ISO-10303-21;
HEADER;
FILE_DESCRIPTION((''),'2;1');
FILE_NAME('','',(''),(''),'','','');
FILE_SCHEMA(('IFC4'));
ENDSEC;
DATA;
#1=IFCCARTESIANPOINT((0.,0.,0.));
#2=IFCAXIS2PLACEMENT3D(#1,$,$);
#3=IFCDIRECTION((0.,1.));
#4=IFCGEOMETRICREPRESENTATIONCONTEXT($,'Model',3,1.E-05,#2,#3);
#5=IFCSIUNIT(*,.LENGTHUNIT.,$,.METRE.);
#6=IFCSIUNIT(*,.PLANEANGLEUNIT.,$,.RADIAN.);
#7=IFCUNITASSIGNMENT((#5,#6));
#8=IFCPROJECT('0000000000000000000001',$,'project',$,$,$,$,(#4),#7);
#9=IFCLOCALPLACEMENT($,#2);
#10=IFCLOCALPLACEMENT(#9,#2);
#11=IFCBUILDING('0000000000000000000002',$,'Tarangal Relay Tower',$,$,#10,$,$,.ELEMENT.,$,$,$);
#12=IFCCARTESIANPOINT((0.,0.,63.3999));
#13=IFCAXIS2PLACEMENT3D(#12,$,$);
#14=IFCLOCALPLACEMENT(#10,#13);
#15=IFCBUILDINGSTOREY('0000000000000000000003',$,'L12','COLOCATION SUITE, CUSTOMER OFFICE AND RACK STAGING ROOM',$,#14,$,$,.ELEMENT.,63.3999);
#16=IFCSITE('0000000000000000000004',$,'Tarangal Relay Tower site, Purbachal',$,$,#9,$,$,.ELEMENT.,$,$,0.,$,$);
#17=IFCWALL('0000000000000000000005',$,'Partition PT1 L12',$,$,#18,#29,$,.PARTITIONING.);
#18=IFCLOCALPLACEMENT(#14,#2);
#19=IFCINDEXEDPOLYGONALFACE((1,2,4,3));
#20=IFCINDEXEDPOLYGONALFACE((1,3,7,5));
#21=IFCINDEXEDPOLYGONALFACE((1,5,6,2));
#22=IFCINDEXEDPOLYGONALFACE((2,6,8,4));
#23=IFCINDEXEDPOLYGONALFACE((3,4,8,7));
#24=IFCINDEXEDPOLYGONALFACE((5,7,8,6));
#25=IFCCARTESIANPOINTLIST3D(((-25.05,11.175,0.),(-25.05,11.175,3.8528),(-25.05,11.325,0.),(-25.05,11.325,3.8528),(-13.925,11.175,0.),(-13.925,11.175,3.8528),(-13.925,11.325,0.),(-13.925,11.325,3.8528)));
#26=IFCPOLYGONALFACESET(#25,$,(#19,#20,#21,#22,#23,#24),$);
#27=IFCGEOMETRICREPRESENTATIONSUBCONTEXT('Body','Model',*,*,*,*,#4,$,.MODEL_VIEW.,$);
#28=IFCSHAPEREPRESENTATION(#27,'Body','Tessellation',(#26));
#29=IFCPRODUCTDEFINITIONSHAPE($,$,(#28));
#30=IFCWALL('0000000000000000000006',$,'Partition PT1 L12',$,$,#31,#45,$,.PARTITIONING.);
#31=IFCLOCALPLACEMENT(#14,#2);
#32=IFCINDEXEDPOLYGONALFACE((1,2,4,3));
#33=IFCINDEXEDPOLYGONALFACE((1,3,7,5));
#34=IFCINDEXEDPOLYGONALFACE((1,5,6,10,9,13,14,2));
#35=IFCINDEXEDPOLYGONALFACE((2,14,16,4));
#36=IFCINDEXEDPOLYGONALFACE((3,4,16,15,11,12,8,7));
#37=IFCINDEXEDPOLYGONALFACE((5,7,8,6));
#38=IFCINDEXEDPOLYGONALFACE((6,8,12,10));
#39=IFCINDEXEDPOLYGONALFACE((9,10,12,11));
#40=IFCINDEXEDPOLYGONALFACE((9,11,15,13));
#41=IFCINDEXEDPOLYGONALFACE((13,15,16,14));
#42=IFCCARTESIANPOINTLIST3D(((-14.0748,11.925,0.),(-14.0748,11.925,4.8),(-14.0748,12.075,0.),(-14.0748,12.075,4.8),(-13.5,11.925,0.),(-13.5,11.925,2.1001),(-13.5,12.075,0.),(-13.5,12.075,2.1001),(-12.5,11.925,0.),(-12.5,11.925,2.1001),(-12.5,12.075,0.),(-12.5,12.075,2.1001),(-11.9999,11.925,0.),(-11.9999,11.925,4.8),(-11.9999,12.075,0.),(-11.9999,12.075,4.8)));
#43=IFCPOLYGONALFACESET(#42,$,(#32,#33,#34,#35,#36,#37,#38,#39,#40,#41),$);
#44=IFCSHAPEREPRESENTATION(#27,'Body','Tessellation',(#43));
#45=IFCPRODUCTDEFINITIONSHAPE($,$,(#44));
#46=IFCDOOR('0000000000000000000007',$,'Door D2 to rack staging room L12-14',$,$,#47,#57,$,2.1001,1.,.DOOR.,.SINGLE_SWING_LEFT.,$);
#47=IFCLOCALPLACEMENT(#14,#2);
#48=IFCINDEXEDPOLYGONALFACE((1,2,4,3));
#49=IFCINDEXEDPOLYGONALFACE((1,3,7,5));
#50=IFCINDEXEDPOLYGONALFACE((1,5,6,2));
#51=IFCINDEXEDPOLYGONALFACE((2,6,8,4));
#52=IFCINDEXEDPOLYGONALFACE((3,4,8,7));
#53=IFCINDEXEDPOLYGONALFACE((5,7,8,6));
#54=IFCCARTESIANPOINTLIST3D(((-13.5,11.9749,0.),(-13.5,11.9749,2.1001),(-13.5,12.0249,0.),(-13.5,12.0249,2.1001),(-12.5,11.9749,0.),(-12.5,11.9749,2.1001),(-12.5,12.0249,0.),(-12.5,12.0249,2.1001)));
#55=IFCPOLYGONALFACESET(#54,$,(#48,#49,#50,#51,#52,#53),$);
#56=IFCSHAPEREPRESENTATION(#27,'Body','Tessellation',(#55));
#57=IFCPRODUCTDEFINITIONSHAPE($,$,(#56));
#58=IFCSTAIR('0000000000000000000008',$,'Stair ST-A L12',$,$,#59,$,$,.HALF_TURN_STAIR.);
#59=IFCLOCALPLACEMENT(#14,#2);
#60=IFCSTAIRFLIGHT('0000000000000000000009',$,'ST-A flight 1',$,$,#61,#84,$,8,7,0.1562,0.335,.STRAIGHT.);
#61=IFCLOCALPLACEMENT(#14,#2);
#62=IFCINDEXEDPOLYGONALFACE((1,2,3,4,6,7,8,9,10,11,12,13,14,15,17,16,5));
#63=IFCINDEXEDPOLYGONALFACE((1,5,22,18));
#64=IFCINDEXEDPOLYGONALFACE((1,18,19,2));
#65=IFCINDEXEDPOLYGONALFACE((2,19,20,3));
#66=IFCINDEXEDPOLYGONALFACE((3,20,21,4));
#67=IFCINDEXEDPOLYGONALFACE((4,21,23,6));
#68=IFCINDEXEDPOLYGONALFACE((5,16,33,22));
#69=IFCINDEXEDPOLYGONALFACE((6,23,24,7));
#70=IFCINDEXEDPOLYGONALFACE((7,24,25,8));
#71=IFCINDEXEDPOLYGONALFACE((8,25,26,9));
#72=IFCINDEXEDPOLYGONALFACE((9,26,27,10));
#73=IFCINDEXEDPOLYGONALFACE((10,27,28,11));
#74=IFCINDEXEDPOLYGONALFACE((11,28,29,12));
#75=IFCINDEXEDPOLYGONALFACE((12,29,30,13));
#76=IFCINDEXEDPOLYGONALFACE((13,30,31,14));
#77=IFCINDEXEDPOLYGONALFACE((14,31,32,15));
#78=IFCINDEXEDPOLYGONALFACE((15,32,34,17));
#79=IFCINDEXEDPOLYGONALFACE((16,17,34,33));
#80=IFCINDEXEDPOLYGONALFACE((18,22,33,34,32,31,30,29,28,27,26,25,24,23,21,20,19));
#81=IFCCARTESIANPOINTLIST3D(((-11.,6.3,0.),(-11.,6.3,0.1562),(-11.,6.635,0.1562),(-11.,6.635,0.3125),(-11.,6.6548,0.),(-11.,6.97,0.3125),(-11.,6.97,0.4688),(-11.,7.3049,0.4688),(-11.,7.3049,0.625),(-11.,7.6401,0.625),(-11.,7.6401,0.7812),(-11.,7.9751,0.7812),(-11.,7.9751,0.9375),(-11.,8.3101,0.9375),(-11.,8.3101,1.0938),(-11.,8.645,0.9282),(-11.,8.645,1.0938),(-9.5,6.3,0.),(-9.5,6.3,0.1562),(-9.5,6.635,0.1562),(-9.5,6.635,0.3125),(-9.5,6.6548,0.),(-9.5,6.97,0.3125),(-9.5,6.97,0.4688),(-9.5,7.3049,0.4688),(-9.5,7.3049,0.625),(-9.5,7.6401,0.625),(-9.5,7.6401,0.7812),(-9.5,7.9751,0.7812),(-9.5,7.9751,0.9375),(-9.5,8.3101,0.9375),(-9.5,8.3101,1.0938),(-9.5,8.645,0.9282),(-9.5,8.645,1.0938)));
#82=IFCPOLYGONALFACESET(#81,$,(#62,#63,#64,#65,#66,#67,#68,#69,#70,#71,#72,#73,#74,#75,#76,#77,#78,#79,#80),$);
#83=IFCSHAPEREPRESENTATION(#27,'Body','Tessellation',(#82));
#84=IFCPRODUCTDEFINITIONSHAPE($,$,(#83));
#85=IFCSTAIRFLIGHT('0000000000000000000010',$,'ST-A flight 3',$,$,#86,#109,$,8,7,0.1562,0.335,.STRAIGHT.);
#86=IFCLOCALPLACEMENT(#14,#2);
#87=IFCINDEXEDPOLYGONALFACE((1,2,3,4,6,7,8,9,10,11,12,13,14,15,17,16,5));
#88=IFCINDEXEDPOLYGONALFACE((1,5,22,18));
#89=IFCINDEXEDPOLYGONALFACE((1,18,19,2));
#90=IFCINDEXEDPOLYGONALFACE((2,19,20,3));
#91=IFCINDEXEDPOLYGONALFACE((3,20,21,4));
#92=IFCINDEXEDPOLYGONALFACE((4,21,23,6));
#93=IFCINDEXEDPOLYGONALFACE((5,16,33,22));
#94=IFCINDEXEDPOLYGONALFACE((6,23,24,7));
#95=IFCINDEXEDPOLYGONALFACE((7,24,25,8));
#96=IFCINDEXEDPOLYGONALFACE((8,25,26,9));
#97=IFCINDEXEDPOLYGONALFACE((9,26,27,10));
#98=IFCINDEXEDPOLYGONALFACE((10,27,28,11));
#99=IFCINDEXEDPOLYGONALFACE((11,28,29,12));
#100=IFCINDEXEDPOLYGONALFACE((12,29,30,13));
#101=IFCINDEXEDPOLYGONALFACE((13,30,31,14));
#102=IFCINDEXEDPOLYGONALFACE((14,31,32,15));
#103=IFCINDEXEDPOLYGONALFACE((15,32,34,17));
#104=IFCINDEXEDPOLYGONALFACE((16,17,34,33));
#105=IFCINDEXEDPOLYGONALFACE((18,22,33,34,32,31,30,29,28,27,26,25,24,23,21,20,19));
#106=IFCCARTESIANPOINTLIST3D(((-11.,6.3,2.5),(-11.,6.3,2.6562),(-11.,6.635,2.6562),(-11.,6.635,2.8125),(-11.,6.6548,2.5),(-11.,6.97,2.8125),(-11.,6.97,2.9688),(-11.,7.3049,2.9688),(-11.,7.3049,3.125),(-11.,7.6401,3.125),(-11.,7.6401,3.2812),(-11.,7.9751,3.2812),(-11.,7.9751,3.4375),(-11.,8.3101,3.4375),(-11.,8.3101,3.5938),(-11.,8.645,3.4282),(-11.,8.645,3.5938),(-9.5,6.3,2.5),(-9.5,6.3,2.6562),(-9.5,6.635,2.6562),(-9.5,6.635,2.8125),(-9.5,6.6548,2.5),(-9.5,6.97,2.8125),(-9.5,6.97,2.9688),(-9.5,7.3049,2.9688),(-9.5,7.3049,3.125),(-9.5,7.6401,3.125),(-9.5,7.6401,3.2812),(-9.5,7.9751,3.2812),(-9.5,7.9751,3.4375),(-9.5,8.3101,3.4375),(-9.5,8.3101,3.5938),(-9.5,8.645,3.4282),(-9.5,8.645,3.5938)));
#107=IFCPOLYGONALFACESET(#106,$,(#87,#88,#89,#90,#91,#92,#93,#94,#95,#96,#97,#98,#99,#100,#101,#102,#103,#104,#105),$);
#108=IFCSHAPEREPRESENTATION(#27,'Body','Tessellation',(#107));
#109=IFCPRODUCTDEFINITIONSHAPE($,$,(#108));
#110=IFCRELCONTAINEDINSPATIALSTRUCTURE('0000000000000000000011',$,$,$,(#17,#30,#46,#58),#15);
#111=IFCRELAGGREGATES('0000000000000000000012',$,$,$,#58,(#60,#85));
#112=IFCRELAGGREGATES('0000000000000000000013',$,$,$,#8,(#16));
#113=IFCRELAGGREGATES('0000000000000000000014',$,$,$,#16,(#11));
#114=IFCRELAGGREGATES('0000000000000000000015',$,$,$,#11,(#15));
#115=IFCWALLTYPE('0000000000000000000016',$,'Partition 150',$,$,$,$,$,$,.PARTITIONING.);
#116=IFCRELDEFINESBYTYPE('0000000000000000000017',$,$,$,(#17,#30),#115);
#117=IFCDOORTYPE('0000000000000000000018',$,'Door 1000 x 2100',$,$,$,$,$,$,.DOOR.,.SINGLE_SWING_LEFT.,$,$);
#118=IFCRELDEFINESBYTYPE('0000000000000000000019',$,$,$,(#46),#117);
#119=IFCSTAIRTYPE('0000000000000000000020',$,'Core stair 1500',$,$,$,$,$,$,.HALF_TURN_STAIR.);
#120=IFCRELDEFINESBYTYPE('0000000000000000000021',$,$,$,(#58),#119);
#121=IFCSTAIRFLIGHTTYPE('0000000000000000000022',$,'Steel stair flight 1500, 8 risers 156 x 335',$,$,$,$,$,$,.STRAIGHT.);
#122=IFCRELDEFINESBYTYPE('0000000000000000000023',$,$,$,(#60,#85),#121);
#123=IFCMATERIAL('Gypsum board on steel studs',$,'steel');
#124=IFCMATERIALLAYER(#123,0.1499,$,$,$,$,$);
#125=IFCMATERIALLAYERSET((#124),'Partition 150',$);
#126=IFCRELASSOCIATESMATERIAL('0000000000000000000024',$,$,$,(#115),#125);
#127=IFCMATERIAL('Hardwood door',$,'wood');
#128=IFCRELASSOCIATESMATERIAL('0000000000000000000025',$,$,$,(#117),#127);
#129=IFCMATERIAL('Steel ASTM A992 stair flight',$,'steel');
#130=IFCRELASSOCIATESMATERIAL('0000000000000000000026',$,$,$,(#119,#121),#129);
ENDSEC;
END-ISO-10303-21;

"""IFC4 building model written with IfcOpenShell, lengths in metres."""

from ifc_helpers import new_model, si_unit, direction, frame, frame_2d, origin, place, context, subcontext, project, spatial, polyline, rectangle, outline, extrude, material, layer, layer_set, type_object, element, fill, aggregate, save


model = new_model("IFC4")

# Units and contexts
model_context = context("Model", 3, precision=1e-05, world=origin(), true_north=direction((0.0, 1.0)))
body_context = subcontext(model_context, "Body", "Model", "MODEL_VIEW")
ifc_project = project(units=[si_unit("LENGTHUNIT", "METRE"), si_unit("PLANEANGLEUNIT", "RADIAN")], contexts=[model_context])

# Site, building, storey
site_placement = place(None, origin())
site = spatial("IfcSite", under=ifc_project, at=site_placement, Name="Tarangal Relay Tower site, Purbachal", CompositionType="ELEMENT", RefElevation=0.0)
building_placement = place(site_placement, origin())
building = spatial("IfcBuilding", under=site, at=building_placement, Name="Tarangal Relay Tower", CompositionType="ELEMENT")
storey_placement = place(building_placement, frame((0.0, 0.0, 63.3999)))
storey = spatial("IfcBuildingStorey", under=building, at=storey_placement, Name="L12", Description="COLOCATION SUITE, CUSTOMER OFFICE AND RACK STAGING ROOM", CompositionType="ELEMENT", Elevation=63.3999)

# Wall
ifc_material_1 = material(Name="Gypsum board on steel studs", Category="steel")
ifc_layer_1 = layer(ifc_material_1, 0.1499)
ifc_layer_set_1 = layer_set([ifc_layer_1], Name="Partition 150")
wall_type_1 = type_object("IfcWallType", Name="Partition 150", PredefinedType="PARTITIONING", material=ifc_layer_set_1)
wall_1_placement = place(storey_placement, frame((-25.05, 11.25, 0.0), z_axis=(0.0, 0.0, 1.0), x_axis=(1.0, 0.0, 0.0)))
element("IfcWall", 1, at=wall_1_placement, inside=storey, type_object=wall_type_1, Name="Partition PT1 L12", PredefinedType="PARTITIONING", context=body_context, shape_type="SweptSolid", body=[
    extrude(rectangle(XDim=11.125, YDim=0.1499, at=frame_2d((5.5625, 0.0))), origin(), (0.0, 0.0, 1.0), 3.8528),
])

# Wall, opening, door
wall_2_placement = place(storey_placement, frame((-14.075, 12.0, 0.0), z_axis=(0.0, 0.0, 1.0), x_axis=(1.0, 0.0, 0.0)))
wall_2 = element("IfcWall", 2, at=wall_2_placement, inside=storey, type_object=wall_type_1, Name="Partition PT1 L12", PredefinedType="PARTITIONING", context=body_context, shape_type="SweptSolid", body=[
    extrude(rectangle(XDim=2.075, YDim=0.1499, at=frame_2d((1.0376, 0.0))), origin(), (0.0, 0.0, 1.0), 4.8),
])
opening_1_placement = place(wall_2_placement, frame((0.575, 0.0, 0.0)))
opening_1 = element("IfcOpeningElement", 3, at=opening_1_placement, cuts=wall_2, PredefinedType="OPENING", context=body_context, shape_type="SweptSolid", body=[
    extrude(rectangle(XDim=1.0, YDim=2.1001, at=frame_2d((0.5, 1.05))), frame((0.0, 0.085, 0.0), z_axis=(0.0, -1.0, 0.0), x_axis=(1.0, 0.0, 0.0)), (0.0, 0.0, 1.0), 0.1699),
])
ifc_material_2 = material(Name="Hardwood door", Category="wood")
door_type_1 = type_object("IfcDoorType", Name="Door 1000 x 2100", OperationType="SINGLE_SWING_LEFT", PredefinedType="DOOR", material=ifc_material_2)
door_1_placement = place(opening_1_placement, origin())
door_1 = element("IfcDoor", 4, at=door_1_placement, inside=storey, type_object=door_type_1, Name="Door D2 to rack staging room L12-14", OperationType="SINGLE_SWING_LEFT", OverallHeight=2.1001, OverallWidth=1.0, PredefinedType="DOOR", context=body_context, shape_type="SweptSolid", body=[
    extrude(rectangle(XDim=1.0, YDim=2.1001, at=frame_2d((0.5, 1.05))), frame((0.0, 0.0249, 0.0), z_axis=(0.0, -1.0, 0.0), x_axis=(1.0, 0.0, 0.0)), (0.0, 0.0, 1.0), 0.05),
])
fill(opening_1, door_1)

# Stair, stair flights
ifc_material_3 = material(Name="Steel ASTM A992 stair flight", Category="steel")
stair_type = type_object("IfcStairType", Name="Core stair 1500", PredefinedType="HALF_TURN_STAIR", material=ifc_material_3)
stair_placement = place(storey_placement, origin())
stair = element("IfcStair", 5, at=stair_placement, inside=storey, type_object=stair_type, Name="Stair ST-A L12", PredefinedType="HALF_TURN_STAIR")
stair_flight_type = type_object("IfcStairFlightType", Name="Steel stair flight 1500, 8 risers 156 x 335", PredefinedType="STRAIGHT", material=ifc_material_3)
stair_flight_1_placement = place(storey_placement, frame((-10.25, 6.3, 0.0), z_axis=(0.0, 0.0, 1.0), x_axis=(0.0, 1.0, 0.0)))
stair_flight_1 = element("IfcStairFlight", 6, at=stair_flight_1_placement, type_object=stair_flight_type, Name="ST-A flight 1", NumberOfRisers=8, NumberOfTreads=7, PredefinedType="STRAIGHT", RiserHeight=0.1562, TreadLength=0.335, context=body_context, shape_type="SweptSolid", body=[
    extrude(outline(polyline([(0.0, 0.0), (0.0, 0.1562), (0.335, 0.1562), (0.335, 0.3125), (0.6699, 0.3125), (0.6699, 0.4688), (1.0049, 0.4688), (1.0049, 0.625), (1.3401, 0.625), (1.3401, 0.7812), (1.675, 0.7812), (1.675, 0.9375), (2.01, 0.9375), (2.01, 1.0938), (2.345, 1.0938), (2.345, 1.25), (2.345, 0.9282), (0.3547, 0.0), (0.0, 0.0)])), frame((0.0, 0.75, 0.0), z_axis=(0.0, -1.0, 0.0), x_axis=(1.0, 0.0, 0.0)), (0.0, 0.0, 1.0), 1.5),
])
stair_flight_2_placement = place(storey_placement, frame((-10.25, 6.3, 2.5), z_axis=(0.0, 0.0, 1.0), x_axis=(0.0, 1.0, 0.0)))
stair_flight_2 = element("IfcStairFlight", 7, at=stair_flight_2_placement, type_object=stair_flight_type, Name="ST-A flight 3", NumberOfRisers=8, NumberOfTreads=7, PredefinedType="STRAIGHT", RiserHeight=0.1562, TreadLength=0.335, context=body_context, shape_type="SweptSolid", body=[
    extrude(outline(polyline([(0.0, 0.0), (0.0, 0.1562), (0.335, 0.1562), (0.335, 0.3125), (0.6699, 0.3125), (0.6699, 0.4688), (1.0049, 0.4688), (1.0049, 0.625), (1.3401, 0.625), (1.3401, 0.7812), (1.675, 0.7812), (1.675, 0.9375), (2.01, 0.9375), (2.01, 1.0938), (2.345, 1.0938), (2.345, 1.25), (2.345, 0.9282), (0.3547, 0.0), (0.0, 0.0)])), frame((0.0, 0.75, 0.0), z_axis=(0.0, -1.0, 0.0), x_axis=(1.0, 0.0, 0.0)), (0.0, 0.0, 1.0), 1.5),
])
aggregate(stair, [stair_flight_1, stair_flight_2])

save(model, "model.ifc")
